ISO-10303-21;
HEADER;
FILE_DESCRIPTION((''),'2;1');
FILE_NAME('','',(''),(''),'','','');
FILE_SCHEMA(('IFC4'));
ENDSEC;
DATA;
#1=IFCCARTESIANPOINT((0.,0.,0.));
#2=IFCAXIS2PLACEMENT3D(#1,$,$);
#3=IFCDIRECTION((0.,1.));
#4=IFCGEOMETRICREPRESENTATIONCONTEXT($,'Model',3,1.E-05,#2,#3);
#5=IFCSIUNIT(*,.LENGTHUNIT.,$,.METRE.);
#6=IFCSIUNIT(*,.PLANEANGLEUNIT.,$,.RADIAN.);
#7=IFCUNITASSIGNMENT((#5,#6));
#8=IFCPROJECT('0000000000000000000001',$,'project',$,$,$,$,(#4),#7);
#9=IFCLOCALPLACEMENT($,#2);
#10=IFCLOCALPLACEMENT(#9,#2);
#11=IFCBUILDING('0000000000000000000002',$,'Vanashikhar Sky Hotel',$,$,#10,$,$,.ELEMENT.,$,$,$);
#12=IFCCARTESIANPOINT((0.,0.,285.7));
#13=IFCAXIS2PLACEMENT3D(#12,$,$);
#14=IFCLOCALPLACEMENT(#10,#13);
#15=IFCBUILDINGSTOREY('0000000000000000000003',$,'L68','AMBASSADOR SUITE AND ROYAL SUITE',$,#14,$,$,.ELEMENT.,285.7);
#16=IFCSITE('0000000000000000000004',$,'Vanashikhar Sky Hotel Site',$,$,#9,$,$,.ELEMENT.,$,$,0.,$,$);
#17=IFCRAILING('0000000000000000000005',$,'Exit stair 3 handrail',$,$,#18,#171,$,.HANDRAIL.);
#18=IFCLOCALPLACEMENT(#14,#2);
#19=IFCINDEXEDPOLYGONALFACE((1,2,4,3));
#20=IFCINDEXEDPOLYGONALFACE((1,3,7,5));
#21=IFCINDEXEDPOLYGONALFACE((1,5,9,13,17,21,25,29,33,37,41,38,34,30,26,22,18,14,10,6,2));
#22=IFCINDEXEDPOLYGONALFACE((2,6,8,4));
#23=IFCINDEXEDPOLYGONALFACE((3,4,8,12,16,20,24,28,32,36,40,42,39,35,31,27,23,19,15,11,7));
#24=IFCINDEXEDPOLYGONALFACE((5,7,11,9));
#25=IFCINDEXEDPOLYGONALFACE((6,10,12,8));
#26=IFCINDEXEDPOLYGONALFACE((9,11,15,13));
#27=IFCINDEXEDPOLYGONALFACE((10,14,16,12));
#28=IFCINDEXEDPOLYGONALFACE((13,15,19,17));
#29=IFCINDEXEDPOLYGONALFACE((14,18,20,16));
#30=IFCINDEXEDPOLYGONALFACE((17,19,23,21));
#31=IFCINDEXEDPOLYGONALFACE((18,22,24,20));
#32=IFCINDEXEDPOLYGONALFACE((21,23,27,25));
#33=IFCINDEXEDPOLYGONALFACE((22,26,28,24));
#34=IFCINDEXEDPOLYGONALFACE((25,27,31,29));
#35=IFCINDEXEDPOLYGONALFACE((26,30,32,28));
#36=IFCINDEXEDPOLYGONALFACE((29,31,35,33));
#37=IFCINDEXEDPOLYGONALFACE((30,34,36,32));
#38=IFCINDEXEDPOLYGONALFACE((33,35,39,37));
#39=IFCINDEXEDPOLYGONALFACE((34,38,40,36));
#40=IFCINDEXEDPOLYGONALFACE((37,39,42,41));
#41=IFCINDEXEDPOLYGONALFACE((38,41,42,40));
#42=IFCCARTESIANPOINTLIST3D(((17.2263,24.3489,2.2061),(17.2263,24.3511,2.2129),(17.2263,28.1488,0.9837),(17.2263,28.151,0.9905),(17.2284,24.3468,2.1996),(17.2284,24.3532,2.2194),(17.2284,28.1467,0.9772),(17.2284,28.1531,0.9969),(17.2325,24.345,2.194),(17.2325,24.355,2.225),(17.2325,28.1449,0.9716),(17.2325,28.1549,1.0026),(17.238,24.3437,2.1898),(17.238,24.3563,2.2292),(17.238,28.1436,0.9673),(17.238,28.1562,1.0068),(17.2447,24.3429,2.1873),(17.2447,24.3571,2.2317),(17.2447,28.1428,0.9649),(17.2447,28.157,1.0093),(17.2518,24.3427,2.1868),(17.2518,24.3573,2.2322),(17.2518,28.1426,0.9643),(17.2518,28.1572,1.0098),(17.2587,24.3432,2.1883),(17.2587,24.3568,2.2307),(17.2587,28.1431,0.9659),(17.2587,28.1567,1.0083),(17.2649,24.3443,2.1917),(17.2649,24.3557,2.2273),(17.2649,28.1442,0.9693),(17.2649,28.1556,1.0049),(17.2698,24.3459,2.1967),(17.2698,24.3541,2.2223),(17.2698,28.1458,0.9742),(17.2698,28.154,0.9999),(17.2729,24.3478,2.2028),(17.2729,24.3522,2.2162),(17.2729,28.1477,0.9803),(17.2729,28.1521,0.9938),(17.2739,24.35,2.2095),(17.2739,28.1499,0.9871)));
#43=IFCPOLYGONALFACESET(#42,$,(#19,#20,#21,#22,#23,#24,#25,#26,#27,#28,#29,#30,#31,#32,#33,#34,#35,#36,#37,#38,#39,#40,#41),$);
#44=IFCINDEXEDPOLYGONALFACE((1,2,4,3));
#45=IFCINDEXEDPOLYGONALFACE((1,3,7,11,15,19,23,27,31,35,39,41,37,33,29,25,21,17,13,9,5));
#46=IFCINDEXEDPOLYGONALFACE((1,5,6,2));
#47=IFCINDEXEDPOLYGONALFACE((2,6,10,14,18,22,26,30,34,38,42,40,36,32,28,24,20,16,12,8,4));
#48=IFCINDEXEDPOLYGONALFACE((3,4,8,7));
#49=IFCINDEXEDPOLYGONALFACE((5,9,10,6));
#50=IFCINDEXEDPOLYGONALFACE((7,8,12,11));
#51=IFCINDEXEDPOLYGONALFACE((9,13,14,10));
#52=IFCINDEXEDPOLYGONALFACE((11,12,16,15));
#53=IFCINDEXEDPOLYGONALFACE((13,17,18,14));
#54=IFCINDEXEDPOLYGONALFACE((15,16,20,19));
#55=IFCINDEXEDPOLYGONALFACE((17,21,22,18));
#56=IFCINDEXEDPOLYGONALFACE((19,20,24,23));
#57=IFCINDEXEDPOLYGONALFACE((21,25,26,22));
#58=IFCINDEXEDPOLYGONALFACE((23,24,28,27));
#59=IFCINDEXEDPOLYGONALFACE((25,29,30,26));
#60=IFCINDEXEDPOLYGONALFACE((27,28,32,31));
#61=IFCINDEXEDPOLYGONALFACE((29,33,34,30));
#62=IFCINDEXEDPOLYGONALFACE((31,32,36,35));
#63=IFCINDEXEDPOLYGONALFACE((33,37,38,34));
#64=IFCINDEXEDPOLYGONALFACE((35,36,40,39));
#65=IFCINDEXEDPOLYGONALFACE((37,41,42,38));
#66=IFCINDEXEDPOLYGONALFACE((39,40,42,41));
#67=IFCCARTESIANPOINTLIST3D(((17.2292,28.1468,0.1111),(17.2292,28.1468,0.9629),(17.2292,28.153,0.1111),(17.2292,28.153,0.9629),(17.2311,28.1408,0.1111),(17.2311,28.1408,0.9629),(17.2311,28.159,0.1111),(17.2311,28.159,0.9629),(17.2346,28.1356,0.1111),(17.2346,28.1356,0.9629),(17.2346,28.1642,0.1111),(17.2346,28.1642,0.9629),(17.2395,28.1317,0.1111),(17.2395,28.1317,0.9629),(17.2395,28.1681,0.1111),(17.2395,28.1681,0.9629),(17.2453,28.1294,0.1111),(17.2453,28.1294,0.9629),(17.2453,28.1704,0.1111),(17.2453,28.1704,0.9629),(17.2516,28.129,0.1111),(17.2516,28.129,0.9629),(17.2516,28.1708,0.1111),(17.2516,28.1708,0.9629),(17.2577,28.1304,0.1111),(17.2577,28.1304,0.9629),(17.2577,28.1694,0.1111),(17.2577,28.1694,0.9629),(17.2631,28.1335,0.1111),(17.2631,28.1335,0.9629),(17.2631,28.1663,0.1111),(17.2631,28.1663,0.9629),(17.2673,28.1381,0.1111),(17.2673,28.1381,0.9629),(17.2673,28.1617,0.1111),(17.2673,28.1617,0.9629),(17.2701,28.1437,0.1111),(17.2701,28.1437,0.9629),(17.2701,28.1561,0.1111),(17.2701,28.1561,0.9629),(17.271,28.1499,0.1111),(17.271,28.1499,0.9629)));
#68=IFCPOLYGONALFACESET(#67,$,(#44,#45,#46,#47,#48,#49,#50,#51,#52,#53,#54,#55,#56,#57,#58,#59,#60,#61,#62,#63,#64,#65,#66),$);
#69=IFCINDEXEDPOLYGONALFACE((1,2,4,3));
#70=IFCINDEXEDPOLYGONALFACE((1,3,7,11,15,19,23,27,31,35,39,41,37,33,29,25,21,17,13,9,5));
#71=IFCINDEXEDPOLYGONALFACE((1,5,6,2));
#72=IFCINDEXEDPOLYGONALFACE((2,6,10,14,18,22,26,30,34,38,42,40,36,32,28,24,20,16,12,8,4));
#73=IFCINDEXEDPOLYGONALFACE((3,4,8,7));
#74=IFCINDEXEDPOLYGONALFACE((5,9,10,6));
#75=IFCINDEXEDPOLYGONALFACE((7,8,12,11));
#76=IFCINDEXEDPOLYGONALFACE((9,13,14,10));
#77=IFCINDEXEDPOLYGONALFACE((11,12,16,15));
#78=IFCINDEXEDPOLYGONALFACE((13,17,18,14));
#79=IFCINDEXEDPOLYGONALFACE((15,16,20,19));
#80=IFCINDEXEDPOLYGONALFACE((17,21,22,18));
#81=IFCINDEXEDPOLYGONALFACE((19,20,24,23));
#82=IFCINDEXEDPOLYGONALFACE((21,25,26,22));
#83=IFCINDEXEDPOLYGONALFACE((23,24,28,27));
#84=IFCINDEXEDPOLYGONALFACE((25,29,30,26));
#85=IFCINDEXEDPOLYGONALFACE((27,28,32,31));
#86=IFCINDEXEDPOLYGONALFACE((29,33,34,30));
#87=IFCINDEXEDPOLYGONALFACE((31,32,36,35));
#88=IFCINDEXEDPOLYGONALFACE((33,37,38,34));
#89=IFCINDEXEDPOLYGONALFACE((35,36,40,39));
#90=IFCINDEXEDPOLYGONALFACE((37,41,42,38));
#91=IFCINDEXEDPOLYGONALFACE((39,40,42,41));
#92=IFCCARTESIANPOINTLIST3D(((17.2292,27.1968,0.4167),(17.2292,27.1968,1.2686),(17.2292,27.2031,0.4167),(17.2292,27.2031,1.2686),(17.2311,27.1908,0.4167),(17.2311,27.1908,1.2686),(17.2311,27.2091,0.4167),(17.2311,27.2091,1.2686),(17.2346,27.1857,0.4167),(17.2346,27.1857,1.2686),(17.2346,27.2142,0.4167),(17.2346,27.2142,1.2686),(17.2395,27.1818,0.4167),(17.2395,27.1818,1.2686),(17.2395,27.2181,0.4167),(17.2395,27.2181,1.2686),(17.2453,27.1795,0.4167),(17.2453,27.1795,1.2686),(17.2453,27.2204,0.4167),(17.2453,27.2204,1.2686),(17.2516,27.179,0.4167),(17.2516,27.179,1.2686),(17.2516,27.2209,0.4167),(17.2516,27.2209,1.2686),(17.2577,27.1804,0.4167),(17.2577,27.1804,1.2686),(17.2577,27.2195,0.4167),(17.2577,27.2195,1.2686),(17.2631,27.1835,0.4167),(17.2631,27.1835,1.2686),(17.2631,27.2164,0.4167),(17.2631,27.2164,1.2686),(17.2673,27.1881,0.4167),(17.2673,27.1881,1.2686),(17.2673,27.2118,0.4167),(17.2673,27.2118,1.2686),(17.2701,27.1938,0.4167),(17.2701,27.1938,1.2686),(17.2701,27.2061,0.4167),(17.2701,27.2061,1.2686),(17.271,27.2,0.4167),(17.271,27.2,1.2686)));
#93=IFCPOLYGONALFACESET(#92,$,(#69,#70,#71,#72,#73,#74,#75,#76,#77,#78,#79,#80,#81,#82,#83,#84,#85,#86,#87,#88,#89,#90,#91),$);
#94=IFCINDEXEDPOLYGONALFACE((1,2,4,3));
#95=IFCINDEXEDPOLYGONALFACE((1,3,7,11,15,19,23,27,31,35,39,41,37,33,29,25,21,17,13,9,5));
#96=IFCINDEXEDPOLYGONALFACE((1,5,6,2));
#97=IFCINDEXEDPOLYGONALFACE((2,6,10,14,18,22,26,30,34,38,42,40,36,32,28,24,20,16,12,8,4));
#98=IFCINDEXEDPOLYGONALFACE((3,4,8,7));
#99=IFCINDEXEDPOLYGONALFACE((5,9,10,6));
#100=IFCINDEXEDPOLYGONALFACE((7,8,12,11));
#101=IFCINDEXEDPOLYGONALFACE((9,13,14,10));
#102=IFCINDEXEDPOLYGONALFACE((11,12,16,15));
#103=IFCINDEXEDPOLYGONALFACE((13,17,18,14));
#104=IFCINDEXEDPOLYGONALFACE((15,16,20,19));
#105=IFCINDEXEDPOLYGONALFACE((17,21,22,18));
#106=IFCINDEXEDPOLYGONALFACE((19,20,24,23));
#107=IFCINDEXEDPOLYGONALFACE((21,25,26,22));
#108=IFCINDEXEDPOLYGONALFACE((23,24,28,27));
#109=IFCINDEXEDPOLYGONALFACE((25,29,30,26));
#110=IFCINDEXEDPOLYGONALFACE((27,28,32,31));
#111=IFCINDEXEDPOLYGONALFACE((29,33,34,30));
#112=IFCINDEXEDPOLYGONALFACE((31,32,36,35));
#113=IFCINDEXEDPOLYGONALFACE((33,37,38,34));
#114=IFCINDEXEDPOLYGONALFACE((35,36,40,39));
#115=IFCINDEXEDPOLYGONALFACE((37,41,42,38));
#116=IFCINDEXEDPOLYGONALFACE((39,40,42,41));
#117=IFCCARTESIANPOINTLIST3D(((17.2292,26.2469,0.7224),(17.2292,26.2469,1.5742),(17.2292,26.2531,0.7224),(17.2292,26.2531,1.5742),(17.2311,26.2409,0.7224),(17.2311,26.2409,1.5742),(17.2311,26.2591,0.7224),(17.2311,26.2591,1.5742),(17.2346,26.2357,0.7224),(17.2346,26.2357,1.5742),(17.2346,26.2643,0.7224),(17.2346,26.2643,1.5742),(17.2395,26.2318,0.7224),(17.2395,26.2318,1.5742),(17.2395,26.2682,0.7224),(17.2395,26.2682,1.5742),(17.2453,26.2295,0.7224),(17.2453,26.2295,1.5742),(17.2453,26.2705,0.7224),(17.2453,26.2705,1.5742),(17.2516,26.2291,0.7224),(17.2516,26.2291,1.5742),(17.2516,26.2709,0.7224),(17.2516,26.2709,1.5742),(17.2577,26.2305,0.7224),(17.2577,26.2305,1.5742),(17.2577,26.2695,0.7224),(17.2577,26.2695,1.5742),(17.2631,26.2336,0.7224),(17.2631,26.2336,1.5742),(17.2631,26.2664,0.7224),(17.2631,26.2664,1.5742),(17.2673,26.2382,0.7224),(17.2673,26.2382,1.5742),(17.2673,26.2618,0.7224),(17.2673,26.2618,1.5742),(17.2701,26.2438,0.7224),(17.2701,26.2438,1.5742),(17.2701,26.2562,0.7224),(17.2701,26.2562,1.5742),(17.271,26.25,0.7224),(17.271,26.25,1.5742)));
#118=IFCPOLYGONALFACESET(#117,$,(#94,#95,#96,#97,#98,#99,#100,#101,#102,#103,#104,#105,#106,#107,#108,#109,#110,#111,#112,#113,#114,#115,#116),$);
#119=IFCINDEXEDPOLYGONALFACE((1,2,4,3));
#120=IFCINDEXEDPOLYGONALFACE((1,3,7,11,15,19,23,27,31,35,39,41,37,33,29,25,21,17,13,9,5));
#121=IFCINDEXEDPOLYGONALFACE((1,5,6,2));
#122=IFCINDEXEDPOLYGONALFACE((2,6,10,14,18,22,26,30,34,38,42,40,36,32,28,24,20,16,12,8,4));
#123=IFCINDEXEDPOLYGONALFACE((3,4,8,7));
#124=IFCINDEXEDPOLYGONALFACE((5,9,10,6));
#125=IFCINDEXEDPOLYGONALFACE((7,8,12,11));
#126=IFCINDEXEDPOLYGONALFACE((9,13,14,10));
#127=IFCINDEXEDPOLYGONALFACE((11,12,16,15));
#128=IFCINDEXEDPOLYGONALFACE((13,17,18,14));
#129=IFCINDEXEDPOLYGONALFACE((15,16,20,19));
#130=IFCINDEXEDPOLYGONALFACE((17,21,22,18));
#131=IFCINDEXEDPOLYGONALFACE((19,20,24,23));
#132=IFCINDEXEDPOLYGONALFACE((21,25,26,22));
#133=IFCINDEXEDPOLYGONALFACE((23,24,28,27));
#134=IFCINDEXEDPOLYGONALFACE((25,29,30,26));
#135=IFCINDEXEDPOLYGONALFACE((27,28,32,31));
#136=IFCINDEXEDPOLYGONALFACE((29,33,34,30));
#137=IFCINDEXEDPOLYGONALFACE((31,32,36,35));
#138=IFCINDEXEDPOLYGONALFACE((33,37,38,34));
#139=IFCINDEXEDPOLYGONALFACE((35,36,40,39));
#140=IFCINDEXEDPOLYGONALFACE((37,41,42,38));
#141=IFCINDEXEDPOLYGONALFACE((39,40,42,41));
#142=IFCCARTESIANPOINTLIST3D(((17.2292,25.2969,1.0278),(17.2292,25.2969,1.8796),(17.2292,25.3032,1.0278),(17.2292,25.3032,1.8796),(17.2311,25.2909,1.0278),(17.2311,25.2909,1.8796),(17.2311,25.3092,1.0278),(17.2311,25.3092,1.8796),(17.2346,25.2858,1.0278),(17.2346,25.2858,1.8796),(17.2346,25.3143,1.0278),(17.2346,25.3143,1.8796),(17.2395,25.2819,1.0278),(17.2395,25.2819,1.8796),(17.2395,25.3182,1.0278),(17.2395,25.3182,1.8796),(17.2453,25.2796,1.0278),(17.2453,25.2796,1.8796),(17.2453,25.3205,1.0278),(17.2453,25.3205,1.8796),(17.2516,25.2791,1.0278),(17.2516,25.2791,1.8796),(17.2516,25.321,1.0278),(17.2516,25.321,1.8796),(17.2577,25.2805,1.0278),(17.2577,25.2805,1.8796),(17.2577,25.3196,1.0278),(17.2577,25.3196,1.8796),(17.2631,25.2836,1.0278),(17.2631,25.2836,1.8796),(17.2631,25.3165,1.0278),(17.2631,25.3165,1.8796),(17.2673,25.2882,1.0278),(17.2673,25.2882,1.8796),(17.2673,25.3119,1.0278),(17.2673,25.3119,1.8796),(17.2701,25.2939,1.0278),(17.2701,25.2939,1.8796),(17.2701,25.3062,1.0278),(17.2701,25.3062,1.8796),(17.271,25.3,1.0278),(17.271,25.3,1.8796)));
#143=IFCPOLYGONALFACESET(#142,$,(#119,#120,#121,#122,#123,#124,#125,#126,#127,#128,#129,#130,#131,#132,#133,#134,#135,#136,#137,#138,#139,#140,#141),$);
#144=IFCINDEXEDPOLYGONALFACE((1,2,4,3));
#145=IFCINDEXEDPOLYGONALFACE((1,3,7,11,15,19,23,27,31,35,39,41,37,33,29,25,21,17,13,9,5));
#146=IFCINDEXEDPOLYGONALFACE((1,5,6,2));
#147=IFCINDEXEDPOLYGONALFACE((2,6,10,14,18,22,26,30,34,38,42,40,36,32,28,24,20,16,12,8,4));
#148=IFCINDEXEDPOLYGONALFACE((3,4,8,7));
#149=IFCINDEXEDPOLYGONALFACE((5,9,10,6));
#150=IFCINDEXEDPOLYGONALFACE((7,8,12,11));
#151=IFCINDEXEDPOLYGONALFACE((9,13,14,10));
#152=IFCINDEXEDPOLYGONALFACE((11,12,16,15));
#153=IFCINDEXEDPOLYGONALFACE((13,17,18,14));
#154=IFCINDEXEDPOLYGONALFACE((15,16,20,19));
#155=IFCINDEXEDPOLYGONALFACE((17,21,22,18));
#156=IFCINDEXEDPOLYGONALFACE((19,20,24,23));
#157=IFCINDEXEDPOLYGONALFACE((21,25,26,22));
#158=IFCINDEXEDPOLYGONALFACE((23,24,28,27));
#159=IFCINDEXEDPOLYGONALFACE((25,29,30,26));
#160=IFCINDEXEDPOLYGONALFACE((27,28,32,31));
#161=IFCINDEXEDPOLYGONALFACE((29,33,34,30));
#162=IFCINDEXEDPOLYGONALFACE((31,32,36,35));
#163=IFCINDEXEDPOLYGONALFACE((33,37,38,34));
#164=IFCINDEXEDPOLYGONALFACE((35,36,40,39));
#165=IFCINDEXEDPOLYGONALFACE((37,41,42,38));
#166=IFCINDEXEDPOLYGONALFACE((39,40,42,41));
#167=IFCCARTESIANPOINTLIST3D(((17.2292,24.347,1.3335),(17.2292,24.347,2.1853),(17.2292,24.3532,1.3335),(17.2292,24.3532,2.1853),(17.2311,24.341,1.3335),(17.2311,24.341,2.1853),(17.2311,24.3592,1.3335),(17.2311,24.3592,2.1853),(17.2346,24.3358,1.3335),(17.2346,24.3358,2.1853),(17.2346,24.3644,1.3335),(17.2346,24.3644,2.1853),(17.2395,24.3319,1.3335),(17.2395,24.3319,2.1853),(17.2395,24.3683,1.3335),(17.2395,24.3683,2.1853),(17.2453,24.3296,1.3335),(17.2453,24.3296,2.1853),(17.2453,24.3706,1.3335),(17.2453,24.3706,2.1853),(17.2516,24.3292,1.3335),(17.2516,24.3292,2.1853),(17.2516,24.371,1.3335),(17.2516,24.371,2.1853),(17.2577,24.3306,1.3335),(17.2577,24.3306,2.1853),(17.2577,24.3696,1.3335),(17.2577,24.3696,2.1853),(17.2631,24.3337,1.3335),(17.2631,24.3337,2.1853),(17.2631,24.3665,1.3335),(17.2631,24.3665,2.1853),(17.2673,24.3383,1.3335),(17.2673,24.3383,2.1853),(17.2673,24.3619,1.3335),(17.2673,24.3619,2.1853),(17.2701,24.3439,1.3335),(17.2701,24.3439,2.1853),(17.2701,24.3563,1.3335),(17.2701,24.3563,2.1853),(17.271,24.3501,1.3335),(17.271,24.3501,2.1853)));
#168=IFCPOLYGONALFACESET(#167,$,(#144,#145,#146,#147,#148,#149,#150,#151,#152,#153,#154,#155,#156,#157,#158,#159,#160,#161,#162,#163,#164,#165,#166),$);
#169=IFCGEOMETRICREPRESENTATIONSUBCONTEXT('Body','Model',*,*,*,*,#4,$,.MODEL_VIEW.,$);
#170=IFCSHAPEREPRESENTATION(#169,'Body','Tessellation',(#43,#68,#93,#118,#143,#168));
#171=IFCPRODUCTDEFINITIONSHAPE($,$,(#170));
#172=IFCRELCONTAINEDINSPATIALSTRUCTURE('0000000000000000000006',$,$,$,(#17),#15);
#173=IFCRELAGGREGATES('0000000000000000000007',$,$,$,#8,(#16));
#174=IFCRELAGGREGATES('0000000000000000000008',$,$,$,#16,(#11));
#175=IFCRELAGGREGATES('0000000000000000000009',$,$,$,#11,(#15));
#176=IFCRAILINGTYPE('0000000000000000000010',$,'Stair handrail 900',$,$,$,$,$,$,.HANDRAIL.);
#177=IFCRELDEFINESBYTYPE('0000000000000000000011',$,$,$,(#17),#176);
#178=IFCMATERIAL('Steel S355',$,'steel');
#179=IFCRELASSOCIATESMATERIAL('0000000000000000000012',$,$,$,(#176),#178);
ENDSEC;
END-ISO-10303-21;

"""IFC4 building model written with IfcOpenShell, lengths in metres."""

from ifc_helpers import new_model, si_unit, direction, frame, origin, origin_2d, place, context, subcontext, project, spatial, circle, extrude, source, transform, mapped, material, type_object, element, save


model = new_model("IFC4")

# Units and contexts
model_context = context("Model", 3, precision=1e-05, world=origin(), true_north=direction((0.0, 1.0)))
body_context = subcontext(model_context, "Body", "Model", "MODEL_VIEW")
ifc_project = project(units=[si_unit("LENGTHUNIT", "METRE"), si_unit("PLANEANGLEUNIT", "RADIAN")], contexts=[model_context])

# Site, building, storey
site_placement = place(None, origin())
site = spatial("IfcSite", under=ifc_project, at=site_placement, Name="Vanashikhar Sky Hotel Site", CompositionType="ELEMENT", RefElevation=0.0)
building_placement = place(site_placement, origin())
building = spatial("IfcBuilding", under=site, at=building_placement, Name="Vanashikhar Sky Hotel", CompositionType="ELEMENT")
storey_placement = place(building_placement, frame((0.0, 0.0, 285.7)))
storey = spatial("IfcBuildingStorey", under=building, at=storey_placement, Name="L68", Description="AMBASSADOR SUITE AND ROYAL SUITE", CompositionType="ELEMENT", Elevation=285.7)

# Railing
ifc_material_1 = material(Name="Steel S355", Category="steel")
railing_type = type_object("IfcRailingType", Name="Stair handrail 900", PredefinedType="HANDRAIL", material=ifc_material_1)
shared_shape_1 = source(origin(), body_context, "Body", "SweptSolid", [
    extrude(circle(Radius=0.0239, at=origin_2d()), frame((0.0, 0.0, 0.876), z_axis=(0.0, -0.951952, 0.306247), x_axis=(1.0, 0.0, 0.0)), (0.0, 0.0, 1.0), 3.9917),
    extrude(circle(Radius=0.021, at=origin_2d()), origin(), (0.0, 0.0, 1.0), 0.8518),
    extrude(circle(Radius=0.021, at=origin_2d()), frame((0.0, -0.95, 0.3057)), (0.0, 0.0, 1.0), 0.8518),
    extrude(circle(Radius=0.021, at=origin_2d()), frame((0.0, -1.8999, 0.6113)), (0.0, 0.0, 1.0), 0.8518),
    extrude(circle(Radius=0.021, at=origin_2d()), frame((0.0, -2.8499, 0.9167)), (0.0, 0.0, 1.0), 0.8518),
    extrude(circle(Radius=0.021, at=origin_2d()), frame((0.0, -3.7998, 1.2224)), (0.0, 0.0, 1.0), 0.8518),
])
railing_1_placement = place(storey_placement, frame((17.25, 28.1499, 0.1111)))
element("IfcRailing", 1, at=railing_1_placement, inside=storey, type_object=railing_type, Name="Exit stair 3 handrail", PredefinedType="HANDRAIL", context=body_context, shape_type="MappedRepresentation", body=[
    mapped(shared_shape_1, transform((0.0, 0.0, 0.0), scale=1.0)),
])

save(model, "model.ifc")
